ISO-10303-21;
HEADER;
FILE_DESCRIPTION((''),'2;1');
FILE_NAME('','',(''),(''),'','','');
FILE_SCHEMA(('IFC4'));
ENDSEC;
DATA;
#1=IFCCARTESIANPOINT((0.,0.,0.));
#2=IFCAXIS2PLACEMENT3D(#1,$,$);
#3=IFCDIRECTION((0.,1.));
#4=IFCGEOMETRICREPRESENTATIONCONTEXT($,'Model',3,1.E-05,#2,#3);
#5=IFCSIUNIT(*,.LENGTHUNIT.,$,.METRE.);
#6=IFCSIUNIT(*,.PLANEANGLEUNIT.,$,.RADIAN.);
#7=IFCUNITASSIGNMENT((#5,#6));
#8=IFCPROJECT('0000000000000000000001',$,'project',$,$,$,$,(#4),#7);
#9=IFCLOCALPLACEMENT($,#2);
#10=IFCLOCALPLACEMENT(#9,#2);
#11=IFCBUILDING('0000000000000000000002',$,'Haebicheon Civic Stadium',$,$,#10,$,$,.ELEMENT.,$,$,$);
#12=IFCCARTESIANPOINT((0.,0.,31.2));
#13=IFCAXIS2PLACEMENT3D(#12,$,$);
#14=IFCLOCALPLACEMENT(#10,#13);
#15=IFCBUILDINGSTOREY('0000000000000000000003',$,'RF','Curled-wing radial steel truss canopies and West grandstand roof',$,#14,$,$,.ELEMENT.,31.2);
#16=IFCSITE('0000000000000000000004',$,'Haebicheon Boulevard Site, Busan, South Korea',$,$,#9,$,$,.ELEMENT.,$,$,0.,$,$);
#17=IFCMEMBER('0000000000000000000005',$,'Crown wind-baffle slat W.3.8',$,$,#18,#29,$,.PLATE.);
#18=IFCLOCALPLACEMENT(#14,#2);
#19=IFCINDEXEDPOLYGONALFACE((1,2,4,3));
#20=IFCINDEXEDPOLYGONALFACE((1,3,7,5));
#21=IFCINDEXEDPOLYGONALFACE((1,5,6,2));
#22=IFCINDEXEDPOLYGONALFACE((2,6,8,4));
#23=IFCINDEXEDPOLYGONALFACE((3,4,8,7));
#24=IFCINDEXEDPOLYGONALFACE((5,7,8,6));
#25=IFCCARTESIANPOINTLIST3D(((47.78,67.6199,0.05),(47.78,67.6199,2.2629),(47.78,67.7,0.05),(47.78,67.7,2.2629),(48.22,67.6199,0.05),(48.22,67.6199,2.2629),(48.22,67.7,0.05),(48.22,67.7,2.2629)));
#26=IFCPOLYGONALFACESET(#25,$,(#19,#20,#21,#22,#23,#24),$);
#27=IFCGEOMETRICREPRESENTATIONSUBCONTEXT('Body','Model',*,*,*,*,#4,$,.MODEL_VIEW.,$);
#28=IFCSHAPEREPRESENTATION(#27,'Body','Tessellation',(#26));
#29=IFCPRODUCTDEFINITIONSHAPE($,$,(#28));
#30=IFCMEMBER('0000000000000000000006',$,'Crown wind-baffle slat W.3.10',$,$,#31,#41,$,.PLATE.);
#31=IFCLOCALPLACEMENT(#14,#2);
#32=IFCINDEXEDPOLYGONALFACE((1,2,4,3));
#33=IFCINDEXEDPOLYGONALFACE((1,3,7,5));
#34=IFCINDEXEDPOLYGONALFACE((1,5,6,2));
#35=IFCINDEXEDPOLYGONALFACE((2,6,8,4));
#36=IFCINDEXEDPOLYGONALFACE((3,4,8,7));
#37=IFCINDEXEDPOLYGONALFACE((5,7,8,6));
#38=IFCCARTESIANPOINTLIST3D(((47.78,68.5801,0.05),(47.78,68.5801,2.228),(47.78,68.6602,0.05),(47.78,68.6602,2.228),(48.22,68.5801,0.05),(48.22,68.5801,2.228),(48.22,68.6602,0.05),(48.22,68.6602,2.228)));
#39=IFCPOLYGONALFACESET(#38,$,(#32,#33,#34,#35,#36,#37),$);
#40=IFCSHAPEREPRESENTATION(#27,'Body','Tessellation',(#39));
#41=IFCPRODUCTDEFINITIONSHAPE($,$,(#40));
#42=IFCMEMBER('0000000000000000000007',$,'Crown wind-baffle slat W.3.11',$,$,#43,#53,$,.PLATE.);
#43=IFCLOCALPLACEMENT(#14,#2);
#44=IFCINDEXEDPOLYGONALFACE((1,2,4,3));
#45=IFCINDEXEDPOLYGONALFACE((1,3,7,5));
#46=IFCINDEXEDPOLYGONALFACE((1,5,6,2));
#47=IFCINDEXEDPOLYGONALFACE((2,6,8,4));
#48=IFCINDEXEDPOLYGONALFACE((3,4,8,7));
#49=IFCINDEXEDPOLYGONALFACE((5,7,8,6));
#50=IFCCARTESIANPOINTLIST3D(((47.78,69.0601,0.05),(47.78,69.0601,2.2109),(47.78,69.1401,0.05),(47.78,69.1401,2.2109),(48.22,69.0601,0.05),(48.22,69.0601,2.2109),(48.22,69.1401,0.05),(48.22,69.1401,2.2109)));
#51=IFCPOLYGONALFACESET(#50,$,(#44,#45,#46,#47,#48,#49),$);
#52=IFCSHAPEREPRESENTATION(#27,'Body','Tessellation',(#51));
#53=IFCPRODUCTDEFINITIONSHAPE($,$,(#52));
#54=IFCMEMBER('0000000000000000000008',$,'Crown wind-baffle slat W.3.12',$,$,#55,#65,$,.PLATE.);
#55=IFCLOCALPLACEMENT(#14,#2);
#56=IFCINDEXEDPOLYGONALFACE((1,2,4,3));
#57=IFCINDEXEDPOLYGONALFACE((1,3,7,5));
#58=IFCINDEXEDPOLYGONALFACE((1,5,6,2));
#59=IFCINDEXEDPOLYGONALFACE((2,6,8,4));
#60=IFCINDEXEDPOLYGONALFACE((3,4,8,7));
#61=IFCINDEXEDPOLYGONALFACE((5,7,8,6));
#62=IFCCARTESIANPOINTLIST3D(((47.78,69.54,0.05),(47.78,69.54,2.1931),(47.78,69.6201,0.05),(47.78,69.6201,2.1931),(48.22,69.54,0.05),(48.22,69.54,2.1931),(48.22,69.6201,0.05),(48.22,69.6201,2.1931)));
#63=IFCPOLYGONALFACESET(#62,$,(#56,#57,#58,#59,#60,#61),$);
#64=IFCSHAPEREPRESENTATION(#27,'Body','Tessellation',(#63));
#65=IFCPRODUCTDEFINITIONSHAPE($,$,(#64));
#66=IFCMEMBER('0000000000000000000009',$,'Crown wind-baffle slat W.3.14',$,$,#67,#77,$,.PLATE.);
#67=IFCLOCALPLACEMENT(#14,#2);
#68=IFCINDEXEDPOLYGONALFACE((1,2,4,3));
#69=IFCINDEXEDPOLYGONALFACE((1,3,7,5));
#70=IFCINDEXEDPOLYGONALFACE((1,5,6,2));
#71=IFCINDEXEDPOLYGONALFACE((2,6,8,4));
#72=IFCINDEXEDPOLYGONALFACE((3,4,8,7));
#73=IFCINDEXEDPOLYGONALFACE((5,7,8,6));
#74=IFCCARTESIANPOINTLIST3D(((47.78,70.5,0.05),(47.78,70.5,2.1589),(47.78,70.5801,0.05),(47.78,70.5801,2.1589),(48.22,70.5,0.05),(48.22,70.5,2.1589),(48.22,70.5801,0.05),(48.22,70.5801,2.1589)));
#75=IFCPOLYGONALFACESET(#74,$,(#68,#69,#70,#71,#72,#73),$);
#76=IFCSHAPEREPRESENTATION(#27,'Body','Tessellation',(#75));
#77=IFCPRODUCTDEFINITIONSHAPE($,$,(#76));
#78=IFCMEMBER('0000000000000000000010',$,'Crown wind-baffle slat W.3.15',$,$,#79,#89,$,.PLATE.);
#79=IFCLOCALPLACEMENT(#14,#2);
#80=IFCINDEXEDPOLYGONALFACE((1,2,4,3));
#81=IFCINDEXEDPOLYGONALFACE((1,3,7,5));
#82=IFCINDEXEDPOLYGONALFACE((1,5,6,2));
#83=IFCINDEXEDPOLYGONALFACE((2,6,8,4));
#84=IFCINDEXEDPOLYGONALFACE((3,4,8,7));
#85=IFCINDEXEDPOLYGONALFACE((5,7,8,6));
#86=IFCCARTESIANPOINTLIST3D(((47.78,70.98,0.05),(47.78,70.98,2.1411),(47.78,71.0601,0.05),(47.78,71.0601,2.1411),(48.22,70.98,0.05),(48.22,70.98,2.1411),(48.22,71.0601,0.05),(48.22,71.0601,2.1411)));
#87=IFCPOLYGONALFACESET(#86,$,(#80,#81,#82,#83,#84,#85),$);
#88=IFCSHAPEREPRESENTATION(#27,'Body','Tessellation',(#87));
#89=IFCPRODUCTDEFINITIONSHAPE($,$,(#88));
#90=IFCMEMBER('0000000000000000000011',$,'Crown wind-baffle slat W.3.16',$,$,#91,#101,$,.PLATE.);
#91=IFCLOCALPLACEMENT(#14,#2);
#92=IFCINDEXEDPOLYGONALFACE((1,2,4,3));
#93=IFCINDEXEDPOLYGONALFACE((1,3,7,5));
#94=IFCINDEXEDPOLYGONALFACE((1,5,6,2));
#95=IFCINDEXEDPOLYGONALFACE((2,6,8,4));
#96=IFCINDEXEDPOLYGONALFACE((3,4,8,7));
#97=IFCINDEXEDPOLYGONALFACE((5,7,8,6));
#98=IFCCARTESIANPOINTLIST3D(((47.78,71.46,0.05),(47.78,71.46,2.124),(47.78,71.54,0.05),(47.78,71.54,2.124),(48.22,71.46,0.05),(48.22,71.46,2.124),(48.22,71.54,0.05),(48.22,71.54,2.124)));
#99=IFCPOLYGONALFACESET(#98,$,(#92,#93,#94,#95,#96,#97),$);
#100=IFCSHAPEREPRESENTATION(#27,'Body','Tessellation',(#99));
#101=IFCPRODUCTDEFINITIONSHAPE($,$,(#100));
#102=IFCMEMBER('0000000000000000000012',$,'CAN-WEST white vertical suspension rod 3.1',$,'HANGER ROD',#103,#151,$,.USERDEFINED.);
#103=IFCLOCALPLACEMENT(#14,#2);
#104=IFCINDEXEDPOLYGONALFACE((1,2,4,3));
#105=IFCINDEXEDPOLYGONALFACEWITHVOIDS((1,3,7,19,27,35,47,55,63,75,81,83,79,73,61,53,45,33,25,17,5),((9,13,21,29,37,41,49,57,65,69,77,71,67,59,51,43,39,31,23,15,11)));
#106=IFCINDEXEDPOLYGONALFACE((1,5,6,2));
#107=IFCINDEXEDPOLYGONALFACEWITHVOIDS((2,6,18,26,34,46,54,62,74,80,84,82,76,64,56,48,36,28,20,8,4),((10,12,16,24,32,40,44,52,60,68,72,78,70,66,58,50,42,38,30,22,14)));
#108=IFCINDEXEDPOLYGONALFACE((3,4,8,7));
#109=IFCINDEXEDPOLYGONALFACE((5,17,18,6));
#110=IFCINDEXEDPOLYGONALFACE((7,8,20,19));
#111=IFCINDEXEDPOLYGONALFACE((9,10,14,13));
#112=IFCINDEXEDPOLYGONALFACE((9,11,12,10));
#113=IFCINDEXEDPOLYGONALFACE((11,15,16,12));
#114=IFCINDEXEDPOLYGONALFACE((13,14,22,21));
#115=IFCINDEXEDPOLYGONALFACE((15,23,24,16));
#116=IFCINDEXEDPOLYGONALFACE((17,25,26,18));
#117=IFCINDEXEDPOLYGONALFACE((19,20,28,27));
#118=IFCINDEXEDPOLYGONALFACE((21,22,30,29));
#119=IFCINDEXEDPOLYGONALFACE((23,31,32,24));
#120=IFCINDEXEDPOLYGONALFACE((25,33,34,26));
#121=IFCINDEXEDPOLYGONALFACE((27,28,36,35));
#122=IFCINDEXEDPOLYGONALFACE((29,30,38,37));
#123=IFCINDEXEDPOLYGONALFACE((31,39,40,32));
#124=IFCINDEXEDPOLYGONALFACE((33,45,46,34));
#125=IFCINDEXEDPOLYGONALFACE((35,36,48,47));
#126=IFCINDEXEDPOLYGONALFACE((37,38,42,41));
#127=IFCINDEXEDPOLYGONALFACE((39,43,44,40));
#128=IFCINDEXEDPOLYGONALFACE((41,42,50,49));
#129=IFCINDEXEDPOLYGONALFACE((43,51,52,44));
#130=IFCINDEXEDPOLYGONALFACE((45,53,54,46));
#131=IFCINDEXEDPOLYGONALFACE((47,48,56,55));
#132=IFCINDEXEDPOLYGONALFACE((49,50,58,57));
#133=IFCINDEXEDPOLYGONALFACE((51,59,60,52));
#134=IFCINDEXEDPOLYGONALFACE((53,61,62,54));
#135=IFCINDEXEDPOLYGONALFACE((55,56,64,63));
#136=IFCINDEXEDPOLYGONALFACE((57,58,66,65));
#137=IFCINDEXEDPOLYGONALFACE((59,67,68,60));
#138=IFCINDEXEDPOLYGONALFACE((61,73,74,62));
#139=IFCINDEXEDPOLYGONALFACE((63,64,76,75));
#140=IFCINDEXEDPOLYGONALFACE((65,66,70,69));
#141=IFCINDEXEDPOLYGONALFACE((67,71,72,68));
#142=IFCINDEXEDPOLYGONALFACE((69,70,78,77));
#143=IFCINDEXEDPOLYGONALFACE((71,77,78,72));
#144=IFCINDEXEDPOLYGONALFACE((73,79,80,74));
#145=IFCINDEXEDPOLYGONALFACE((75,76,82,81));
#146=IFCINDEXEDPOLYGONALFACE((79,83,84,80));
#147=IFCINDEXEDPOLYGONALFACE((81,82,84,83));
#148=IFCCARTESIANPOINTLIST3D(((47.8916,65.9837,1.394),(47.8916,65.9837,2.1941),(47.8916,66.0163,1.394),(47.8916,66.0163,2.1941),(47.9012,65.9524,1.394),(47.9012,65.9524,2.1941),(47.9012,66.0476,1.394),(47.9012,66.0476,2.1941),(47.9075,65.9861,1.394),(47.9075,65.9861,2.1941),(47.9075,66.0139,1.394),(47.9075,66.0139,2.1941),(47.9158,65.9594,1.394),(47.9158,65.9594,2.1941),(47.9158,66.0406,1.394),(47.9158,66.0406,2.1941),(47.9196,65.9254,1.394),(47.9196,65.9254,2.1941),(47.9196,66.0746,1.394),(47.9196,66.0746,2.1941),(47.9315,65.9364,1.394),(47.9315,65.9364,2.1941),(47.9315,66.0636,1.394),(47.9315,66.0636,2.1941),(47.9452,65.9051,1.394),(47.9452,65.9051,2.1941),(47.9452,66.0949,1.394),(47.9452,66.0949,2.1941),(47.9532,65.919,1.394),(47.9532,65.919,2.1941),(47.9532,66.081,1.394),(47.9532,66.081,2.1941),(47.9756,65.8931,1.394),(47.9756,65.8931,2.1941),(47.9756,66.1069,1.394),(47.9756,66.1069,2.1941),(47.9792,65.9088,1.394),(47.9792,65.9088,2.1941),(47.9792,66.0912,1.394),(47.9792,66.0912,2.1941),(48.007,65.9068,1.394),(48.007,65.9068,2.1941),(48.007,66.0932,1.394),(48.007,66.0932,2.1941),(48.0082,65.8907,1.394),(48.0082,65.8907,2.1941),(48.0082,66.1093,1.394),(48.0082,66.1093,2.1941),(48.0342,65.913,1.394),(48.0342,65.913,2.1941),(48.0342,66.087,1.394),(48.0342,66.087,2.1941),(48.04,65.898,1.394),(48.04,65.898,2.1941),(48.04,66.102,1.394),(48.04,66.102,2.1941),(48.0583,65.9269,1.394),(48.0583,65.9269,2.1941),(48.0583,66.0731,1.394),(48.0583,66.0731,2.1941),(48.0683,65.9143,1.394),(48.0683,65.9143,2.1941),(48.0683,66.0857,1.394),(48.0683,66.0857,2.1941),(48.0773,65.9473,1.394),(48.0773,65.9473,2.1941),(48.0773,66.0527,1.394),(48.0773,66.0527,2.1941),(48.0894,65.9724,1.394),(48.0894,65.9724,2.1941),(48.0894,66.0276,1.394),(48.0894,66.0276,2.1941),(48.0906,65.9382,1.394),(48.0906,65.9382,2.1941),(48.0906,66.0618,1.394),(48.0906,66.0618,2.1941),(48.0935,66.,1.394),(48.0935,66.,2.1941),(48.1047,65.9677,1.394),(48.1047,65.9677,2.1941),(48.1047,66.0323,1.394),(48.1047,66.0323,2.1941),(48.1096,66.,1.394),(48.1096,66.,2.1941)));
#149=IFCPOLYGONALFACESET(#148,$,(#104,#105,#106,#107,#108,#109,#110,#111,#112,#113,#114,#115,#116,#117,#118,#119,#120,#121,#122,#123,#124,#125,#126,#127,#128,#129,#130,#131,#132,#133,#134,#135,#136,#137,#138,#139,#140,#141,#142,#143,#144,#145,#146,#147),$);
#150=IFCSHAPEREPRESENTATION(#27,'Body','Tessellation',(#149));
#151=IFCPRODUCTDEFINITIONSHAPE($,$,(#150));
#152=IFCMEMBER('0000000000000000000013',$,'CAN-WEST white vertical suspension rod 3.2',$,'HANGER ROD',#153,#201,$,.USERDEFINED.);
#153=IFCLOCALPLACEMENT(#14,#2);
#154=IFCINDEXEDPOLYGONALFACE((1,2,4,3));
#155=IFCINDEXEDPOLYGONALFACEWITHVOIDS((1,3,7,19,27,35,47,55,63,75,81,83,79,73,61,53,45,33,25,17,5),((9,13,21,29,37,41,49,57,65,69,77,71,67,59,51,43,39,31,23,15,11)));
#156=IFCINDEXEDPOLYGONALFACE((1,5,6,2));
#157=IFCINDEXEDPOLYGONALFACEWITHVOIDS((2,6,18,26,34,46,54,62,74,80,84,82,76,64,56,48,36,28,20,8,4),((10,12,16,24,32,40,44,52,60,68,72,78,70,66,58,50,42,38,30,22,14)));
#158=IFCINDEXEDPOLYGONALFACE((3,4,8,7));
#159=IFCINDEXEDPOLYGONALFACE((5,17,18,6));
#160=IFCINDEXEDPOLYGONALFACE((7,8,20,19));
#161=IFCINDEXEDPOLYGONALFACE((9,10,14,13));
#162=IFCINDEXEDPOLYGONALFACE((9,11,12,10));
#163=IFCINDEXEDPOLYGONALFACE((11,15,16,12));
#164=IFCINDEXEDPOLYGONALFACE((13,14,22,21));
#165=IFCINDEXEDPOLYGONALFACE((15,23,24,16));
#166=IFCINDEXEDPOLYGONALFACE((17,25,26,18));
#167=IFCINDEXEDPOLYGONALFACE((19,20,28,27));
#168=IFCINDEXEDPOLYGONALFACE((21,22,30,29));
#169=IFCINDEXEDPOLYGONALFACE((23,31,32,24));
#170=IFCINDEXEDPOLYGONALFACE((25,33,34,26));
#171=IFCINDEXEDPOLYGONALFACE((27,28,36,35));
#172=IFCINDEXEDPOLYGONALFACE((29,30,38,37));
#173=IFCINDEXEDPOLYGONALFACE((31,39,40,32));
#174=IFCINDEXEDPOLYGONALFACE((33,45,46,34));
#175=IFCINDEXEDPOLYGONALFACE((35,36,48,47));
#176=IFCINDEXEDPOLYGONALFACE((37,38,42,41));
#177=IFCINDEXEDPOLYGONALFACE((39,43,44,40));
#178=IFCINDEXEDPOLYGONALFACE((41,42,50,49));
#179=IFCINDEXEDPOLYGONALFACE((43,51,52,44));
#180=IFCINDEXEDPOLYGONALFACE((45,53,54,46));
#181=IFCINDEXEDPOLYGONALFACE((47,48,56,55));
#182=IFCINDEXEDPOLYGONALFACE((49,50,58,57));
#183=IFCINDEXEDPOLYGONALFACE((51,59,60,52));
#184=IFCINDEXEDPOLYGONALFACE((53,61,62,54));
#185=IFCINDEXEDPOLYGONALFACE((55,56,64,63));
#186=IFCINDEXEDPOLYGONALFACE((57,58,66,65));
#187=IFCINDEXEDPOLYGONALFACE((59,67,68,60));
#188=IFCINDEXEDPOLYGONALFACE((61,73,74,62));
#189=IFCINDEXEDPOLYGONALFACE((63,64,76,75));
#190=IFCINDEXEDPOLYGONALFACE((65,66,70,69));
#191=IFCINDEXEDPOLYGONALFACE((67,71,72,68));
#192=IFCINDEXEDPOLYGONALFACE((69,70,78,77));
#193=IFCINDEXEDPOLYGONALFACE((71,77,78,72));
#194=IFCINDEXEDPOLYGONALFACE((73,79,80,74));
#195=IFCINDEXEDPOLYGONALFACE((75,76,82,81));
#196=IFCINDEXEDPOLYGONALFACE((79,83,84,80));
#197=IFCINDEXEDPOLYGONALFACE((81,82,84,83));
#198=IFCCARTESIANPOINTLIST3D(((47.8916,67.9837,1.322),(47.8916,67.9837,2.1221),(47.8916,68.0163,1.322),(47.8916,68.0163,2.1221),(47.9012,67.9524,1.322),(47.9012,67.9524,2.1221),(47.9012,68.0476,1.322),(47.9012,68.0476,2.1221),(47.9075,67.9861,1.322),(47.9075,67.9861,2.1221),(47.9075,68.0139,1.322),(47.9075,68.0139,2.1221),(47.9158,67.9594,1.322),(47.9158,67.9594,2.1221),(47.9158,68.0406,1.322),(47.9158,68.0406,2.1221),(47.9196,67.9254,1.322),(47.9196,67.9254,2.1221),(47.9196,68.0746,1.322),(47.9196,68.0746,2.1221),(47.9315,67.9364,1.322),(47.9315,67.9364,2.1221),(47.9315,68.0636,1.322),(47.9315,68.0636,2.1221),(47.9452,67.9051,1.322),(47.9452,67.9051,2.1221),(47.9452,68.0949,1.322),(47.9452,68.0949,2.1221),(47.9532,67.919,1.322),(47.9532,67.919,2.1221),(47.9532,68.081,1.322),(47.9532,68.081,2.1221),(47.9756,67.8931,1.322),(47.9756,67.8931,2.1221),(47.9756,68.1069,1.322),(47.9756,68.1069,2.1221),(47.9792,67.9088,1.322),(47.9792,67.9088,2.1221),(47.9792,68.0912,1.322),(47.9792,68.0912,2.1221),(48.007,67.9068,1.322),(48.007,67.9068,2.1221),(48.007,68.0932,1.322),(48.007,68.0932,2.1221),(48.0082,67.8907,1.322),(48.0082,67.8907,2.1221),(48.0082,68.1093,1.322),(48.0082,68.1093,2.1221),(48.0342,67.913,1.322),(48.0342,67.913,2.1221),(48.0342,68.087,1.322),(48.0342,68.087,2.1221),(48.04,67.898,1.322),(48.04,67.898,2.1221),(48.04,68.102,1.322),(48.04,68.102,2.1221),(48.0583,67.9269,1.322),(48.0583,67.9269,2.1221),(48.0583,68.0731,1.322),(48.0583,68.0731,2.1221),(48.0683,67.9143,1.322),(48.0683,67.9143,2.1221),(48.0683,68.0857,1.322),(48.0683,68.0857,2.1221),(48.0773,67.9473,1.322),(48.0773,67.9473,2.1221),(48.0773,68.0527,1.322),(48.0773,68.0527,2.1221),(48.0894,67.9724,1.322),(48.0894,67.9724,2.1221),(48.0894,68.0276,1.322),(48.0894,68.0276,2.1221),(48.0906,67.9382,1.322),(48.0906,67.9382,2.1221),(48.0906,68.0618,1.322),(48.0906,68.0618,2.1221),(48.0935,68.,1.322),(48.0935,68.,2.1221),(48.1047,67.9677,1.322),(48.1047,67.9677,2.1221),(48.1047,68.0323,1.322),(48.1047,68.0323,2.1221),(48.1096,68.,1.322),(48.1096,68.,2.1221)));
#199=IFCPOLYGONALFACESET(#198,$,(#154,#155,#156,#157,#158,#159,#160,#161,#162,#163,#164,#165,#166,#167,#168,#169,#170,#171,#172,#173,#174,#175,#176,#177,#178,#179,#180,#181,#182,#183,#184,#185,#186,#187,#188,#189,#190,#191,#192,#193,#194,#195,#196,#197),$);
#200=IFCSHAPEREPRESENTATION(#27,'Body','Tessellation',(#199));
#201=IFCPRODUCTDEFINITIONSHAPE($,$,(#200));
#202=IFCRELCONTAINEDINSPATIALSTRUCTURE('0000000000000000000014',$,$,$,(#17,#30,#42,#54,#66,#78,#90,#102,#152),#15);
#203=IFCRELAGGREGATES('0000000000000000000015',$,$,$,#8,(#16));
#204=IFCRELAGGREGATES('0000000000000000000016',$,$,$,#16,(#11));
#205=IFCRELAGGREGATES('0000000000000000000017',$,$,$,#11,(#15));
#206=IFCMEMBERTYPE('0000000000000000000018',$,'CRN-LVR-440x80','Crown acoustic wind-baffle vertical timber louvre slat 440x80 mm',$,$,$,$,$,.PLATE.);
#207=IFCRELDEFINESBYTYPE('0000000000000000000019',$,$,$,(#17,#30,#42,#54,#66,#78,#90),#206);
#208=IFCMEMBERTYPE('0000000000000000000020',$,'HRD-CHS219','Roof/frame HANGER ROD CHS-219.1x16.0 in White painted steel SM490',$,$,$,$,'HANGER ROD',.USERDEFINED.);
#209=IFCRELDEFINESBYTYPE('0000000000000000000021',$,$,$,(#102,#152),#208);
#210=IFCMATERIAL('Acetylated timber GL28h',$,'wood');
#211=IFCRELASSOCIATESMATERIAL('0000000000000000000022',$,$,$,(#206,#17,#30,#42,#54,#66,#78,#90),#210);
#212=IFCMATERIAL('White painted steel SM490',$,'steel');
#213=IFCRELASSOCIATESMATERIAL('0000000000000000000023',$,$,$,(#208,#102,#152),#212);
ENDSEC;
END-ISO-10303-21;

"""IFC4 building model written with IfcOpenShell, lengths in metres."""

from ifc_helpers import new_model, si_unit, direction, frame, origin, origin_2d, place, context, subcontext, project, spatial, rectangle, hollow_circle, extrude, material, material_profile, profile_set, type_object, element, save


model = new_model("IFC4")

# Units and contexts
model_context = context("Model", 3, precision=1e-05, world=origin(), true_north=direction((0.0, 1.0)))
body_context = subcontext(model_context, "Body", "Model", "MODEL_VIEW")
ifc_project = project(units=[si_unit("LENGTHUNIT", "METRE"), si_unit("PLANEANGLEUNIT", "RADIAN")], contexts=[model_context])

# Site, building, storey
site_placement = place(None, origin())
site = spatial("IfcSite", under=ifc_project, at=site_placement, Name="Haebicheon Boulevard Site, Busan, South Korea", CompositionType="ELEMENT", RefElevation=0.0)
building_placement = place(site_placement, origin())
building = spatial("IfcBuilding", under=site, at=building_placement, Name="Haebicheon Civic Stadium", CompositionType="ELEMENT")
storey_placement = place(building_placement, frame((0.0, 0.0, 31.2)))
storey = spatial("IfcBuildingStorey", under=building, at=storey_placement, Name="RF", Description="Curled-wing radial steel truss canopies and West grandstand roof", CompositionType="ELEMENT", Elevation=31.2)

# Members
ifc_material_1 = material(Name="Acetylated timber GL28h", Category="wood")
ifc_material_profile_1 = material_profile(ifc_material_1, rectangle(XDim=0.0801, YDim=0.4399, at=origin_2d()), Name="TMB-LOUV-80x440")
ifc_profile_set_1 = profile_set([ifc_material_profile_1], Name="Acetylated timber GL28h")
member_type_1 = type_object("IfcMemberType", Name="CRN-LVR-440x80", Description="Crown acoustic wind-baffle vertical timber louvre slat 440x80 mm", PredefinedType="PLATE", material=ifc_profile_set_1)
member_1_placement = place(storey_placement, frame((48.0, 67.6599, 0.05), z_axis=(0.0, 0.0, 1.0), x_axis=(0.0, 1.0, 0.0)))
element("IfcMember", 1, at=member_1_placement, inside=storey, type_object=member_type_1, material=ifc_profile_set_1, Name="Crown wind-baffle slat W.3.8", PredefinedType="PLATE", context=body_context, shape_type="SweptSolid", body=[
    extrude(rectangle(XDim=0.0801, YDim=0.4399, at=origin_2d()), origin(), (0.0, 0.0, 1.0), 2.2129),
])
member_2_placement = place(storey_placement, frame((48.0, 68.6201, 0.05), z_axis=(0.0, 0.0, 1.0), x_axis=(0.0, 1.0, 0.0)))
element("IfcMember", 2, at=member_2_placement, inside=storey, type_object=member_type_1, material=ifc_profile_set_1, Name="Crown wind-baffle slat W.3.10", PredefinedType="PLATE", context=body_context, shape_type="SweptSolid", body=[
    extrude(rectangle(XDim=0.0801, YDim=0.4399, at=origin_2d()), origin(), (0.0, 0.0, 1.0), 2.178),
])
member_3_placement = place(storey_placement, frame((48.0, 69.1001, 0.05), z_axis=(0.0, 0.0, 1.0), x_axis=(0.0, 1.0, 0.0)))
element("IfcMember", 3, at=member_3_placement, inside=storey, type_object=member_type_1, material=ifc_profile_set_1, Name="Crown wind-baffle slat W.3.11", PredefinedType="PLATE", context=body_context, shape_type="SweptSolid", body=[
    extrude(rectangle(XDim=0.0801, YDim=0.4399, at=origin_2d()), origin(), (0.0, 0.0, 1.0), 2.1609),
])
member_4_placement = place(storey_placement, frame((48.0, 69.5801, 0.05), z_axis=(0.0, 0.0, 1.0), x_axis=(0.0, 1.0, 0.0)))
element("IfcMember", 4, at=member_4_placement, inside=storey, type_object=member_type_1, material=ifc_profile_set_1, Name="Crown wind-baffle slat W.3.12", PredefinedType="PLATE", context=body_context, shape_type="SweptSolid", body=[
    extrude(rectangle(XDim=0.0801, YDim=0.4399, at=origin_2d()), origin(), (0.0, 0.0, 1.0), 2.1431),
])
member_5_placement = place(storey_placement, frame((48.0, 70.54, 0.05), z_axis=(0.0, 0.0, 1.0), x_axis=(0.0, 1.0, 0.0)))
element("IfcMember", 5, at=member_5_placement, inside=storey, type_object=member_type_1, material=ifc_profile_set_1, Name="Crown wind-baffle slat W.3.14", PredefinedType="PLATE", context=body_context, shape_type="SweptSolid", body=[
    extrude(rectangle(XDim=0.0801, YDim=0.4399, at=origin_2d()), origin(), (0.0, 0.0, 1.0), 2.1089),
])
member_6_placement = place(storey_placement, frame((48.0, 71.02, 0.05), z_axis=(0.0, 0.0, 1.0), x_axis=(0.0, 1.0, 0.0)))
element("IfcMember", 6, at=member_6_placement, inside=storey, type_object=member_type_1, material=ifc_profile_set_1, Name="Crown wind-baffle slat W.3.15", PredefinedType="PLATE", context=body_context, shape_type="SweptSolid", body=[
    extrude(rectangle(XDim=0.0801, YDim=0.4399, at=origin_2d()), origin(), (0.0, 0.0, 1.0), 2.0911),
])
member_7_placement = place(storey_placement, frame((48.0, 71.5, 0.05), z_axis=(0.0, 0.0, 1.0), x_axis=(0.0, 1.0, 0.0)))
element("IfcMember", 7, at=member_7_placement, inside=storey, type_object=member_type_1, material=ifc_profile_set_1, Name="Crown wind-baffle slat W.3.16", PredefinedType="PLATE", context=body_context, shape_type="SweptSolid", body=[
    extrude(rectangle(XDim=0.0801, YDim=0.4399, at=origin_2d()), origin(), (0.0, 0.0, 1.0), 2.074),
])
ifc_material_2 = material(Name="White painted steel SM490", Category="steel")
ifc_material_profile_2 = material_profile(ifc_material_2, hollow_circle(Radius=0.1096, WallThickness=0.0161, at=origin_2d()), Name="CHS-219.1x16.0")
ifc_profile_set_2 = profile_set([ifc_material_profile_2], Name="White painted steel SM490")
member_type_2 = type_object("IfcMemberType", Name="HRD-CHS219", Description="Roof/frame HANGER ROD CHS-219.1x16.0 in White painted steel SM490", ElementType="HANGER ROD", PredefinedType="USERDEFINED", material=ifc_profile_set_2)
for number, where, z_axis, x_axis, name in (
    (8, (48.0, 66.0, 1.394), (0.0, 0.0, 1.0), (1.0, 0.0, 0.0), "CAN-WEST white vertical suspension rod 3.1"),
    (9, (48.0, 68.0, 1.322), (0.0, 0.0, 1.0), (1.0, 0.0, 0.0), "CAN-WEST white vertical suspension rod 3.2"),
):
    element("IfcMember", number, at=place(storey_placement, frame(where, z_axis=z_axis, x_axis=x_axis)), inside=storey, type_object=member_type_2, material=ifc_profile_set_2, Name=name, ObjectType="HANGER ROD", PredefinedType="USERDEFINED", context=body_context, shape_type="SweptSolid", body=[
        extrude(hollow_circle(Radius=0.1096, WallThickness=0.0161, at=origin_2d()), origin(), (0.0, 0.0, 1.0), 0.8),
    ])

save(model, "model.ifc")
